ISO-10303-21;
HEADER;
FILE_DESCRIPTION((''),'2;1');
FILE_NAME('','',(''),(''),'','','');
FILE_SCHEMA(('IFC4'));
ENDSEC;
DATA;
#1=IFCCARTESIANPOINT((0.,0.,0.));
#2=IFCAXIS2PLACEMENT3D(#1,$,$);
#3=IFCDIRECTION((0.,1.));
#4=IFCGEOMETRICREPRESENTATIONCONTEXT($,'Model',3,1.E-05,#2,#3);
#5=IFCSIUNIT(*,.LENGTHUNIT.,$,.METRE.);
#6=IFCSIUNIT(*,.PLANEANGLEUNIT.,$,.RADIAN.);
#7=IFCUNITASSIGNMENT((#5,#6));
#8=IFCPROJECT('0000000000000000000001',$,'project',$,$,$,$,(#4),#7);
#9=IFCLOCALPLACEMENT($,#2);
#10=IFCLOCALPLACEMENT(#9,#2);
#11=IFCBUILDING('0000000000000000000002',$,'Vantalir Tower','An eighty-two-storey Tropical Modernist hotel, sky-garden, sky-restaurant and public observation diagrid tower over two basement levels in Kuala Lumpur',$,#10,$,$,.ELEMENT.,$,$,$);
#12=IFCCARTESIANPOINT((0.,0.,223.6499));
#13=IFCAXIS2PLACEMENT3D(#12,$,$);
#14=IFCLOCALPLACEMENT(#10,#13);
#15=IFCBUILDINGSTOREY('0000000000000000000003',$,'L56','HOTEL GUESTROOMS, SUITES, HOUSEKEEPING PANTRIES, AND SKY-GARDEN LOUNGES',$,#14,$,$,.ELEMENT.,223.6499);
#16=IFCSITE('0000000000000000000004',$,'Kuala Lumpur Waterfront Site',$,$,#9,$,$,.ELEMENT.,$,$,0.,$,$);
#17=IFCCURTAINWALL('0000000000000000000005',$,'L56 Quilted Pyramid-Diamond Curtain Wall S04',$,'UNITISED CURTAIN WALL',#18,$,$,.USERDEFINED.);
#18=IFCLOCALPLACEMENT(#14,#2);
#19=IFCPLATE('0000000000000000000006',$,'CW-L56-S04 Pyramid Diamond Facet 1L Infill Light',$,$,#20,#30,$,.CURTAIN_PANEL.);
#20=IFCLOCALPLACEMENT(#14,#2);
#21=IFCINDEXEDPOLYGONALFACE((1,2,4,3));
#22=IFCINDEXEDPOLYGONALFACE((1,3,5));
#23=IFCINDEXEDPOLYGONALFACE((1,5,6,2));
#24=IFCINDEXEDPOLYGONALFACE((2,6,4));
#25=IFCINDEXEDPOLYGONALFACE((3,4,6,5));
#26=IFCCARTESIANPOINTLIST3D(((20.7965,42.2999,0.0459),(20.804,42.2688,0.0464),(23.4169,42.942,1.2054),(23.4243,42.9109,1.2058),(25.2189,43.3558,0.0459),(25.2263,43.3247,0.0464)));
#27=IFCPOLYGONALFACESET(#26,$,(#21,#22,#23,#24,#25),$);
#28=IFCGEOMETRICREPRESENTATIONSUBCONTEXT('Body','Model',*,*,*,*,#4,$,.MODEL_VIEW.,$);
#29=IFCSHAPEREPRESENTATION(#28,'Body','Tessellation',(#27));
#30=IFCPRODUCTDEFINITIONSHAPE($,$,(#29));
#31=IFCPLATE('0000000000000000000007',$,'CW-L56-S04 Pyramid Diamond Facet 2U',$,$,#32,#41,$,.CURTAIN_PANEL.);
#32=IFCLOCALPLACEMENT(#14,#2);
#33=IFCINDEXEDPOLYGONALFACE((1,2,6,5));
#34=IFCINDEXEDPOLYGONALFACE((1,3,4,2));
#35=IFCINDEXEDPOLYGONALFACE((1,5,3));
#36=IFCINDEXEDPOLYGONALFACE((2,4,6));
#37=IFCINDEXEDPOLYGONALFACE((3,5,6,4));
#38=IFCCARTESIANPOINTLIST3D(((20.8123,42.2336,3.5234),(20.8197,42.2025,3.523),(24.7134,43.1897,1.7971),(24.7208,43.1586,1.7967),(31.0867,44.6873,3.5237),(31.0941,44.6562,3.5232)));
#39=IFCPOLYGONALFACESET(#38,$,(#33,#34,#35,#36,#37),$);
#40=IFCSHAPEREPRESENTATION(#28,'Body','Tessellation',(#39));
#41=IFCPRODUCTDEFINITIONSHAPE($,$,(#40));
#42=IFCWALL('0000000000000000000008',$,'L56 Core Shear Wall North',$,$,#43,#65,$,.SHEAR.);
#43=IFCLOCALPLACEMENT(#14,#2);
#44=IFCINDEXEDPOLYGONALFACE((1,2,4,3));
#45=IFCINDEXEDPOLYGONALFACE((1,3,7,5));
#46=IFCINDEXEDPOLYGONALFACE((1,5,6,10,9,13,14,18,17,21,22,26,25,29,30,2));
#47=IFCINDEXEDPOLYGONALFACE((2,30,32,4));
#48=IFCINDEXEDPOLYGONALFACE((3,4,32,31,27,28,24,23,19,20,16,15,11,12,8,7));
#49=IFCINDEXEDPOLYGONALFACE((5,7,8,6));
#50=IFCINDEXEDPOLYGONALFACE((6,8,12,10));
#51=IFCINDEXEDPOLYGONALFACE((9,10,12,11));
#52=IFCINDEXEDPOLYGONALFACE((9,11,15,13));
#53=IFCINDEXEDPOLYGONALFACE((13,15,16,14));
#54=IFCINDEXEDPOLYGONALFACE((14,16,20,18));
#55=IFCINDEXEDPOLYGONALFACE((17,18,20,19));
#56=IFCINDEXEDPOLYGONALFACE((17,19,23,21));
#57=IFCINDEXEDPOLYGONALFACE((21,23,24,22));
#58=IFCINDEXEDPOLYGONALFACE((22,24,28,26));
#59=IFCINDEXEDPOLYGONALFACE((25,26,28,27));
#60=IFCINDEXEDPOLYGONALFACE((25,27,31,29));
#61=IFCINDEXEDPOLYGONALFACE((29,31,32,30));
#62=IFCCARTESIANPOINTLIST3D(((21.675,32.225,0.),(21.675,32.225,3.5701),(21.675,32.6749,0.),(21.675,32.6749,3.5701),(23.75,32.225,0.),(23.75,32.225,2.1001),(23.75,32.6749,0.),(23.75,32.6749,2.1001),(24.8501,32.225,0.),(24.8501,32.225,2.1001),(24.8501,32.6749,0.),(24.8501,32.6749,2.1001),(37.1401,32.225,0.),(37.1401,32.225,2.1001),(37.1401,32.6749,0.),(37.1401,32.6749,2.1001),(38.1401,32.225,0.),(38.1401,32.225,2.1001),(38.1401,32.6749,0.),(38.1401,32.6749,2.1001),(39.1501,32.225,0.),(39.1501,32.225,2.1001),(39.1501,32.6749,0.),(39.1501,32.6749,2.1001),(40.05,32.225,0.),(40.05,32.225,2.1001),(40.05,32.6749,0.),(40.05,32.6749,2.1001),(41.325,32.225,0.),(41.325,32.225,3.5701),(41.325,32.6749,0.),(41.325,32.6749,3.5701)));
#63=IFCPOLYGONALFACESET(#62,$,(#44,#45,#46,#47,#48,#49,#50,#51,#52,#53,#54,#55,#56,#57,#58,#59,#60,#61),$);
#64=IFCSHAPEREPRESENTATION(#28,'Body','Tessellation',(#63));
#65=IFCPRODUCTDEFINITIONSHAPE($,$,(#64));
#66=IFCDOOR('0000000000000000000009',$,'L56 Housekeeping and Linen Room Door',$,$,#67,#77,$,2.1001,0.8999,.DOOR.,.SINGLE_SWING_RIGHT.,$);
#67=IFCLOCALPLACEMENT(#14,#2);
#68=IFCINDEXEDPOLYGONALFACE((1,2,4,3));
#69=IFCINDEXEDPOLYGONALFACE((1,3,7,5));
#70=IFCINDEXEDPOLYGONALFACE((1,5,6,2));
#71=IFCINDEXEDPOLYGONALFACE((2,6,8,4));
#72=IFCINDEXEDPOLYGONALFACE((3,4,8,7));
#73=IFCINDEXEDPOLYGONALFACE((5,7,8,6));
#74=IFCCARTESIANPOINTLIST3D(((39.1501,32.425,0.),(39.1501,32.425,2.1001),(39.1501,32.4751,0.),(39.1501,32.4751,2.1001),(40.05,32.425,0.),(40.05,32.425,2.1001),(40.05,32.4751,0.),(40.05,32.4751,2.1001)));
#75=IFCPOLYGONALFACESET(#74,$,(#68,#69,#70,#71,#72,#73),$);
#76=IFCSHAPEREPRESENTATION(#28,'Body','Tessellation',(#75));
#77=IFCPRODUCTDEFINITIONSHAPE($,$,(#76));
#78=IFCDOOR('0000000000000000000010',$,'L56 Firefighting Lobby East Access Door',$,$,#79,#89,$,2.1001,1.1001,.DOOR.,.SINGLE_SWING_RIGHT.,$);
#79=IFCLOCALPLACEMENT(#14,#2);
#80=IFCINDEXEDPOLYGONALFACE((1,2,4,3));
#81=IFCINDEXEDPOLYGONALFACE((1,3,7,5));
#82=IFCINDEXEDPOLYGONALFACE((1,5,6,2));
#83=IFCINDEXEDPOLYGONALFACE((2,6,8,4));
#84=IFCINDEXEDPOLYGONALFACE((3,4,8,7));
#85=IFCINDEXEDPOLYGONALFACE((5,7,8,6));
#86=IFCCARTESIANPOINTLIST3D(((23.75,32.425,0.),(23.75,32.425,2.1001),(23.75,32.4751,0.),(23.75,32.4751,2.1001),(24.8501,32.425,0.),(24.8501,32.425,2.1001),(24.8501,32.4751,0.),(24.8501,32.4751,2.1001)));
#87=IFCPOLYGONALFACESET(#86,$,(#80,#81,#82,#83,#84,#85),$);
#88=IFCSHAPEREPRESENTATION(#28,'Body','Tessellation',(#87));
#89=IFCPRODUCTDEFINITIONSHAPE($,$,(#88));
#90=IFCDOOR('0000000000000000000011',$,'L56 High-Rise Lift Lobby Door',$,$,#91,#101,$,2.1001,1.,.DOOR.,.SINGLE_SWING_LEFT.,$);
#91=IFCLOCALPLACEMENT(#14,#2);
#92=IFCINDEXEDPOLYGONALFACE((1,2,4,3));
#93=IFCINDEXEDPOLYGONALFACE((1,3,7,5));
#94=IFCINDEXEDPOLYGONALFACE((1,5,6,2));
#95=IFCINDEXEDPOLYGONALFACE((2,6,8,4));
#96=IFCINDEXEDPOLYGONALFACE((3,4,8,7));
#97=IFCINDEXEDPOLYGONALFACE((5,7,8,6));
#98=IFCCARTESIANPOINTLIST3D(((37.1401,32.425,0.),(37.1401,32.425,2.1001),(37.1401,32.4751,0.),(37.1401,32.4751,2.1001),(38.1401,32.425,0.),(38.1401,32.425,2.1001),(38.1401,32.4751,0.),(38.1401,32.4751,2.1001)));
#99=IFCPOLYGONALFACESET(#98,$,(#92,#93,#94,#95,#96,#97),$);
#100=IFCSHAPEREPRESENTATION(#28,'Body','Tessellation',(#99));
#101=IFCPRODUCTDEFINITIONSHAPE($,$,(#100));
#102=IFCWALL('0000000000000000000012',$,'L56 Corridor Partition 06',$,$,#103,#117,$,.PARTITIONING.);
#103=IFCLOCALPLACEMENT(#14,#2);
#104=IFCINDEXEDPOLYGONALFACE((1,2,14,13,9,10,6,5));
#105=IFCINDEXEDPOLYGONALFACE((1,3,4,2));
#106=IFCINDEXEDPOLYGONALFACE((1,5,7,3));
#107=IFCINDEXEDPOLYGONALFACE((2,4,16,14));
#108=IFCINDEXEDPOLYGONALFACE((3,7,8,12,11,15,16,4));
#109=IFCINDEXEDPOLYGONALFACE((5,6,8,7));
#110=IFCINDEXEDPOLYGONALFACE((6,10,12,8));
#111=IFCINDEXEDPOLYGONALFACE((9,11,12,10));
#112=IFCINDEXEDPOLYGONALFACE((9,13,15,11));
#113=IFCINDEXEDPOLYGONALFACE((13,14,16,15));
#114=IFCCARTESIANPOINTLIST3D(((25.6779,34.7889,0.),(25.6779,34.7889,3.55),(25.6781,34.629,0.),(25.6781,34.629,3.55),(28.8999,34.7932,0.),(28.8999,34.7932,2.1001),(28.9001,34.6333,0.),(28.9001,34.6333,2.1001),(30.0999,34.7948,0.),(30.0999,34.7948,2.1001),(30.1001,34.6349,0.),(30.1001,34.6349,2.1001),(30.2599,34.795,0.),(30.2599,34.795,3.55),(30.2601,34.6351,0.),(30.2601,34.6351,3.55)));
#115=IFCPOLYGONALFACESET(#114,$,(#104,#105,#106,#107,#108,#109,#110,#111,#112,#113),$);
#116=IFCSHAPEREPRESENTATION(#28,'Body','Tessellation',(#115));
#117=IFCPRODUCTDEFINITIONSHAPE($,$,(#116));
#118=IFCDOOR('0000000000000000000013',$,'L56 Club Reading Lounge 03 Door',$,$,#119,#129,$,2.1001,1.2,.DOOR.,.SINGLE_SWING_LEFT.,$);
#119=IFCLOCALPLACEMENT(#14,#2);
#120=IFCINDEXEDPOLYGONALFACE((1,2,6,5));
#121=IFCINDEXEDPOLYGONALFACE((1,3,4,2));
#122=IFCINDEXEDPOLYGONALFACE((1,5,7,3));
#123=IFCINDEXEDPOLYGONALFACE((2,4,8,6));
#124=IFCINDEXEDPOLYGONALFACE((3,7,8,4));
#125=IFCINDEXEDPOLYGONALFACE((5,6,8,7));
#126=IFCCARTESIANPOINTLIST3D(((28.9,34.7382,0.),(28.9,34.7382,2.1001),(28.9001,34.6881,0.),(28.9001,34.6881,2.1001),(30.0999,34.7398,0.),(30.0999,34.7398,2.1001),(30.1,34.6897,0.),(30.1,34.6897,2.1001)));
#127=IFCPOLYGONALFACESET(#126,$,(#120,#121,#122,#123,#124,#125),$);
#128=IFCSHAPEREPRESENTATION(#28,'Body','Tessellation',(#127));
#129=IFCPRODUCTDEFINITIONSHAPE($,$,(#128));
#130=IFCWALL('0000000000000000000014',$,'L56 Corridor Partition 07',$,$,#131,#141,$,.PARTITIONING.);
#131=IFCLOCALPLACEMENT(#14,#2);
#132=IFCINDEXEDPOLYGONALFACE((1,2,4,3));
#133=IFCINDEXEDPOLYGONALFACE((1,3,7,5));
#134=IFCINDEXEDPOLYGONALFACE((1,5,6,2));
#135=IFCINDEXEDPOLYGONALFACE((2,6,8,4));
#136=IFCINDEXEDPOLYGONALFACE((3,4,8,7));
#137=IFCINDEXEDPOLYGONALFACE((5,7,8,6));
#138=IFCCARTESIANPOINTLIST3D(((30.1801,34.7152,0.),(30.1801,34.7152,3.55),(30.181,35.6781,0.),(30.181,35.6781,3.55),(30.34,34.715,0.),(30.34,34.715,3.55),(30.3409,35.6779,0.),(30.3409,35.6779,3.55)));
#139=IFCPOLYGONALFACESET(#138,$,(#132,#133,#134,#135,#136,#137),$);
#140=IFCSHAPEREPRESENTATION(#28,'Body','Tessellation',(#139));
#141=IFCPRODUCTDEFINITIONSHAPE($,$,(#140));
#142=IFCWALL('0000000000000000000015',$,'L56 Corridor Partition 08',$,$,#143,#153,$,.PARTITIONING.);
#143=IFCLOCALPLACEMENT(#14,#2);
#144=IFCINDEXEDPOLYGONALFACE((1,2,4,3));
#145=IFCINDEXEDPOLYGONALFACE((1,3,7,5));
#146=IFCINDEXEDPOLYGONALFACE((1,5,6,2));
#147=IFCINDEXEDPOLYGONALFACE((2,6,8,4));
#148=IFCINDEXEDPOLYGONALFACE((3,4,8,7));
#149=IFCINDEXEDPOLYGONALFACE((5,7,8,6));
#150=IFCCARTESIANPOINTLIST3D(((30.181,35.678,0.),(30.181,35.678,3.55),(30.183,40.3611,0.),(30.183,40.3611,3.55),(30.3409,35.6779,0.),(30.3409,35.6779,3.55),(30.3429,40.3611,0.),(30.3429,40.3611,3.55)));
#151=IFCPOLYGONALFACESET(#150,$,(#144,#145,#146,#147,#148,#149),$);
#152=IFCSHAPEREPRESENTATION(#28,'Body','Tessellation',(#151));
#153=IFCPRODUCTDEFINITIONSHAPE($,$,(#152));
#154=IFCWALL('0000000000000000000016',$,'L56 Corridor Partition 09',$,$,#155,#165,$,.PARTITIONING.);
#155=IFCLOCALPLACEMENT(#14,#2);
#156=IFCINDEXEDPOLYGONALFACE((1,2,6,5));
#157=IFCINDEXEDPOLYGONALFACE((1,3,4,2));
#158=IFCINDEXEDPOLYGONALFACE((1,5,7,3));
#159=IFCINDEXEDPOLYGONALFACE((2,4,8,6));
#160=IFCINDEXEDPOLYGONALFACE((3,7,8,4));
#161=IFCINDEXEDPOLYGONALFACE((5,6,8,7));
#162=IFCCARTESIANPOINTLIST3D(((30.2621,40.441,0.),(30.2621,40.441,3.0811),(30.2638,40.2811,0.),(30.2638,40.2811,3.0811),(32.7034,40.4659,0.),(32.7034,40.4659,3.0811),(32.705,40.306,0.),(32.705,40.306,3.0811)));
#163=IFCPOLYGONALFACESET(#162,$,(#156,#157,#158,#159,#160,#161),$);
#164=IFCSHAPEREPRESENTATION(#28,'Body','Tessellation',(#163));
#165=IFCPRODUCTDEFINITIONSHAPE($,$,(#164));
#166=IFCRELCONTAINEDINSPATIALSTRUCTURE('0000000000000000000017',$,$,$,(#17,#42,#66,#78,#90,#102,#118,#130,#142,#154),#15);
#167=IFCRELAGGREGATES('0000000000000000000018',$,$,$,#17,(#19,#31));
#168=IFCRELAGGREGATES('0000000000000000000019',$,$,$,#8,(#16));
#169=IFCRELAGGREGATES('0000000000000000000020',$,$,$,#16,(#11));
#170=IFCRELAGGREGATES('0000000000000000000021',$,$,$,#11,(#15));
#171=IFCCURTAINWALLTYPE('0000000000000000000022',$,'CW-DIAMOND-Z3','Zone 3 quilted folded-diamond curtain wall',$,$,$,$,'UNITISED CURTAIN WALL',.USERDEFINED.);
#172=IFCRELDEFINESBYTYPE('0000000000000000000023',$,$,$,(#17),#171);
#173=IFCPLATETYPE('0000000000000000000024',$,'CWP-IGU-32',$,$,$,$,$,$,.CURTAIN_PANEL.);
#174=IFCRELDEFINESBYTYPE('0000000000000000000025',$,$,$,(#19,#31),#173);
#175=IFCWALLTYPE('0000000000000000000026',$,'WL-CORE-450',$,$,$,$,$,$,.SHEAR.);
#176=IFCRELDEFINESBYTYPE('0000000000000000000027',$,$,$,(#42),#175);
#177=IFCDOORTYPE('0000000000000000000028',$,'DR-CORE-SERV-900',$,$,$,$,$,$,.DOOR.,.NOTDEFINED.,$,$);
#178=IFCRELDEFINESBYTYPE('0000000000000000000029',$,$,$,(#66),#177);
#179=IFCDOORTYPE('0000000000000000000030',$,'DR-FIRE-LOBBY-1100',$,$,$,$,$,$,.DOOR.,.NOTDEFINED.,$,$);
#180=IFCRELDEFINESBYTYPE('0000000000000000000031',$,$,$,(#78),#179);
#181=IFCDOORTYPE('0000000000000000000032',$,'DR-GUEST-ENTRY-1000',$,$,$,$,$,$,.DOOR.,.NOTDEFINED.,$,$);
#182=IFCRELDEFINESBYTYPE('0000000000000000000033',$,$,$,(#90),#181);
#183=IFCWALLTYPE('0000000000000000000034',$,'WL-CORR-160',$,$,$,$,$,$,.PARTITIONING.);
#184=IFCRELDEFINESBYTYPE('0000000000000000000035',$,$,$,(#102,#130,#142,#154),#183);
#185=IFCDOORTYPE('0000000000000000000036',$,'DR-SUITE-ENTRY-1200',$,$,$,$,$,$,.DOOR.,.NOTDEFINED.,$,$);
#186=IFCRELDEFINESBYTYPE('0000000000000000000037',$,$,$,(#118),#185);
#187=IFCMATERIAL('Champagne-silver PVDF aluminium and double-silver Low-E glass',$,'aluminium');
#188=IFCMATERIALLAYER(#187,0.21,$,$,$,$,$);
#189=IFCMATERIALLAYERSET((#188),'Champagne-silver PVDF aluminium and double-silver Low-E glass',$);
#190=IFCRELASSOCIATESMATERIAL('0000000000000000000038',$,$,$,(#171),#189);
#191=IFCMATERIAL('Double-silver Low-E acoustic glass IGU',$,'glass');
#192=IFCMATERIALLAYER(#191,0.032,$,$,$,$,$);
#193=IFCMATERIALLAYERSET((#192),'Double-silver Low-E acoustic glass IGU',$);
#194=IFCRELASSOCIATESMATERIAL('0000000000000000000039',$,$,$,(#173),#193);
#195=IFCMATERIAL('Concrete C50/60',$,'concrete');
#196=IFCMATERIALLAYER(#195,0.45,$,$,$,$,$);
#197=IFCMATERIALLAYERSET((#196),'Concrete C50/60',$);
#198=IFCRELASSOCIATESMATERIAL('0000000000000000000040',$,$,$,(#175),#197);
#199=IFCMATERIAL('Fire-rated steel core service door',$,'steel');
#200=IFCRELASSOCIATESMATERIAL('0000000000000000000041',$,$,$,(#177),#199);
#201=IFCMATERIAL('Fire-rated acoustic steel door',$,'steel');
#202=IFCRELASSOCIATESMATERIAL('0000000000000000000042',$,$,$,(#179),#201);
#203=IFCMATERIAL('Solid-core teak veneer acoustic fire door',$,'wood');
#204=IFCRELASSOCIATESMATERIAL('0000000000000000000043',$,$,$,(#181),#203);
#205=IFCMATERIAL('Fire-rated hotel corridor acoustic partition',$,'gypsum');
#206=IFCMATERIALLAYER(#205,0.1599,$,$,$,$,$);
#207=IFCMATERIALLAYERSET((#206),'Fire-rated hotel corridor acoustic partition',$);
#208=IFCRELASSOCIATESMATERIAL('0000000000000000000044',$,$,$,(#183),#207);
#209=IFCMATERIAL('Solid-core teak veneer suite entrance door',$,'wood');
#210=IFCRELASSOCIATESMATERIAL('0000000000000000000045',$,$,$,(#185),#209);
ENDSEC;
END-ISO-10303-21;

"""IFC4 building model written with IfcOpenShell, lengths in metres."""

from ifc_helpers import new_model, si_unit, direction, frame, frame_2d, origin, place, context, subcontext, project, spatial, polyline, rectangle, outline, extrude, material, layer, layer_set, type_object, element, fill, aggregate, save


model = new_model("IFC4")

# Units and contexts
model_context = context("Model", 3, precision=1e-05, world=origin(), true_north=direction((0.0, 1.0)))
body_context = subcontext(model_context, "Body", "Model", "MODEL_VIEW")
ifc_project = project(units=[si_unit("LENGTHUNIT", "METRE"), si_unit("PLANEANGLEUNIT", "RADIAN")], contexts=[model_context])

# Site, building, storey
site_placement = place(None, origin())
site = spatial("IfcSite", under=ifc_project, at=site_placement, Name="Kuala Lumpur Waterfront Site", CompositionType="ELEMENT", RefElevation=0.0)
building_placement = place(site_placement, origin())
building = spatial("IfcBuilding", under=site, at=building_placement, Name="Vantalir Tower", Description="An eighty-two-storey Tropical Modernist hotel, sky-garden, sky-restaurant and public observation diagrid tower over two basement levels in Kuala Lumpur", CompositionType="ELEMENT")
storey_placement = place(building_placement, frame((0.0, 0.0, 223.6499)))
storey = spatial("IfcBuildingStorey", under=building, at=storey_placement, Name="L56", Description="HOTEL GUESTROOMS, SUITES, HOUSEKEEPING PANTRIES, AND SKY-GARDEN LOUNGES", CompositionType="ELEMENT", Elevation=223.6499)

# Shared definitions
ifc_material_1 = material(Name="Concrete C50/60", Category="concrete")

# Curtain wall, plates
ifc_material_2 = material(Name="Champagne-silver PVDF aluminium and double-silver Low-E glass", Category="aluminium")
ifc_layer_1 = layer(ifc_material_2, 0.21)
ifc_layer_set_1 = layer_set([ifc_layer_1], Name="Champagne-silver PVDF aluminium and double-silver Low-E glass")
curtain_wall_type = type_object("IfcCurtainWallType", Name="CW-DIAMOND-Z3", Description="Zone 3 quilted folded-diamond curtain wall", ElementType="UNITISED CURTAIN WALL", PredefinedType="USERDEFINED", material=ifc_layer_set_1)
curtain_wall_placement = place(storey_placement, origin())
curtain_wall = element("IfcCurtainWall", 1, at=curtain_wall_placement, inside=storey, type_object=curtain_wall_type, Name="L56 Quilted Pyramid-Diamond Curtain Wall S04", ObjectType="UNITISED CURTAIN WALL", PredefinedType="USERDEFINED")
ifc_material_3 = material(Name="Double-silver Low-E acoustic glass IGU", Category="glass")
ifc_layer_2 = layer(ifc_material_3, 0.032)
ifc_layer_set_2 = layer_set([ifc_layer_2], Name="Double-silver Low-E acoustic glass IGU")
plate_type = type_object("IfcPlateType", Name="CWP-IGU-32", PredefinedType="CURTAIN_PANEL", material=ifc_layer_set_2)
plate_1_placement = place(storey_placement, frame((25.2263, 43.3247, 0.0464), z_axis=(0.232215, -0.972567, 0.013789), x_axis=(-0.972659, -0.232238, 0.0)))
plate_1 = element("IfcPlate", 2, at=plate_1_placement, type_object=plate_type, Name="CW-L56-S04 Pyramid Diamond Facet 1L Infill Light", PredefinedType="CURTAIN_PANEL", context=body_context, shape_type="SweptSolid", body=[
    extrude(outline(polyline([(0.0, 0.0), (4.5467, 0.0), (1.8488, -1.1595), (0.0, 0.0)])), origin(), (0.0, 0.0, -1.0), 0.032),
])
plate_2_placement = place(storey_placement, frame((20.8123, 42.2336, 3.5234), z_axis=(-0.232255, 0.972558, 0.013765), x_axis=(0.97265, 0.232277, 0.000023)))
plate_2 = element("IfcPlate", 3, at=plate_2_placement, type_object=plate_type, Name="CW-L56-S04 Pyramid Diamond Facet 2U", PredefinedType="CURTAIN_PANEL", context=body_context, shape_type="SweptSolid", body=[
    extrude(outline(polyline([(0.0, 0.0), (10.5633, 0.0), (4.0165, 1.7266), (0.0, 0.0)])), origin(), (0.0, 0.0, -1.0), 0.032),
])
aggregate(curtain_wall, [plate_1, plate_2])

# Wall, openings, doors
ifc_layer_3 = layer(ifc_material_1, 0.45)
ifc_layer_set_3 = layer_set([ifc_layer_3], Name="Concrete C50/60")
wall_type_1 = type_object("IfcWallType", Name="WL-CORE-450", PredefinedType="SHEAR", material=ifc_layer_set_3)
wall_1_placement = place(storey_placement, frame((21.675, 32.45, 0.0), z_axis=(0.0, 0.0, 1.0), x_axis=(1.0, 0.0, 0.0)))
wall_1 = element("IfcWall", 4, at=wall_1_placement, inside=storey, type_object=wall_type_1, Name="L56 Core Shear Wall North", PredefinedType="SHEAR", context=body_context, shape_type="SweptSolid", body=[
    extrude(rectangle(XDim=19.6499, YDim=0.45, at=frame_2d((9.825, 0.0))), origin(), (0.0, 0.0, 1.0), 3.5701),
])
opening_1_placement = place(wall_1_placement, frame((2.075, 0.0, 0.0)))
opening_1 = element("IfcOpeningElement", 5, at=opening_1_placement, cuts=wall_1, PredefinedType="OPENING", context=body_context, shape_type="SweptSolid", body=[
    extrude(rectangle(XDim=1.1001, YDim=2.1001, at=frame_2d((0.55, 1.05))), frame((0.0, 0.2349, 0.0), z_axis=(0.0, -1.0, 0.0), x_axis=(1.0, 0.0, 0.0)), (0.0, 0.0, 1.0), 0.47),
])
opening_2_placement = place(wall_1_placement, frame((15.4651, 0.0, 0.0)))
opening_2 = element("IfcOpeningElement", 6, at=opening_2_placement, cuts=wall_1, PredefinedType="OPENING", context=body_context, shape_type="SweptSolid", body=[
    extrude(rectangle(XDim=1.0, YDim=2.1001, at=frame_2d((0.5, 1.05))), frame((0.0, 0.2349, 0.0), z_axis=(0.0, -1.0, 0.0), x_axis=(1.0, 0.0, 0.0)), (0.0, 0.0, 1.0), 0.47),
])
opening_3_placement = place(wall_1_placement, frame((17.4751, 0.0, 0.0)))
opening_3 = element("IfcOpeningElement", 7, at=opening_3_placement, cuts=wall_1, PredefinedType="OPENING", context=body_context, shape_type="SweptSolid", body=[
    extrude(rectangle(XDim=0.8999, YDim=2.1001, at=frame_2d((0.45, 1.05))), frame((0.0, 0.2349, 0.0), z_axis=(0.0, -1.0, 0.0), x_axis=(1.0, 0.0, 0.0)), (0.0, 0.0, 1.0), 0.47),
])
ifc_material_4 = material(Name="Fire-rated steel core service door", Category="steel")
door_type_1 = type_object("IfcDoorType", Name="DR-CORE-SERV-900", OperationType="NOTDEFINED", PredefinedType="DOOR", material=ifc_material_4)
door_1_placement = place(opening_3_placement, frame((0.8999, 0.0, 0.0), z_axis=(0.0, 0.0, 1.0), x_axis=(-1.0, 0.0, 0.0)))
door_1 = element("IfcDoor", 8, at=door_1_placement, inside=storey, type_object=door_type_1, Name="L56 Housekeeping and Linen Room Door", OperationType="SINGLE_SWING_RIGHT", OverallHeight=2.1001, OverallWidth=0.8999, PredefinedType="DOOR", context=body_context, shape_type="SweptSolid", body=[
    extrude(rectangle(XDim=0.8999, YDim=2.1001, at=frame_2d((0.45, 1.05))), frame((0.0, 0.0249, 0.0), z_axis=(0.0, -1.0, 0.0), x_axis=(1.0, 0.0, 0.0)), (0.0, 0.0, 1.0), 0.05),
])
fill(opening_3, door_1)
ifc_material_5 = material(Name="Fire-rated acoustic steel door", Category="steel")
door_type_2 = type_object("IfcDoorType", Name="DR-FIRE-LOBBY-1100", OperationType="NOTDEFINED", PredefinedType="DOOR", material=ifc_material_5)
door_2_placement = place(opening_1_placement, frame((1.1001, 0.0, 0.0), z_axis=(0.0, 0.0, 1.0), x_axis=(-1.0, 0.0, 0.0)))
door_2 = element("IfcDoor", 9, at=door_2_placement, inside=storey, type_object=door_type_2, Name="L56 Firefighting Lobby East Access Door", OperationType="SINGLE_SWING_RIGHT", OverallHeight=2.1001, OverallWidth=1.1001, PredefinedType="DOOR", context=body_context, shape_type="SweptSolid", body=[
    extrude(rectangle(XDim=1.1001, YDim=2.1001, at=frame_2d((0.55, 1.05))), frame((0.0, 0.0249, 0.0), z_axis=(0.0, -1.0, 0.0), x_axis=(1.0, 0.0, 0.0)), (0.0, 0.0, 1.0), 0.05),
])
fill(opening_1, door_2)
ifc_material_6 = material(Name="Solid-core teak veneer acoustic fire door", Category="wood")
door_type_3 = type_object("IfcDoorType", Name="DR-GUEST-ENTRY-1000", OperationType="NOTDEFINED", PredefinedType="DOOR", material=ifc_material_6)
door_3_placement = place(opening_2_placement, frame((1.0, 0.0, 0.0), z_axis=(0.0, 0.0, 1.0), x_axis=(-1.0, 0.0, 0.0)))
door_3 = element("IfcDoor", 10, at=door_3_placement, inside=storey, type_object=door_type_3, Name="L56 High-Rise Lift Lobby Door", OperationType="SINGLE_SWING_LEFT", OverallHeight=2.1001, OverallWidth=1.0, PredefinedType="DOOR", context=body_context, shape_type="SweptSolid", body=[
    extrude(rectangle(XDim=1.0, YDim=2.1001, at=frame_2d((0.5, 1.05))), frame((0.0, 0.0249, 0.0), z_axis=(0.0, -1.0, 0.0), x_axis=(1.0, 0.0, 0.0)), (0.0, 0.0, 1.0), 0.05),
])
fill(opening_2, door_3)

# Wall, opening, door
ifc_material_7 = material(Name="Fire-rated hotel corridor acoustic partition", Category="gypsum")
ifc_layer_4 = layer(ifc_material_7, 0.1599)
ifc_layer_set_4 = layer_set([ifc_layer_4], Name="Fire-rated hotel corridor acoustic partition")
wall_type_2 = type_object("IfcWallType", Name="WL-CORR-160", PredefinedType="PARTITIONING", material=ifc_layer_set_4)
wall_2_placement = place(storey_placement, frame((25.678, 34.709, 0.0), z_axis=(0.0, 0.0, 1.0), x_axis=(0.999999, 0.001332, 0.0)))
wall_2 = element("IfcWall", 11, at=wall_2_placement, inside=storey, type_object=wall_type_2, Name="L56 Corridor Partition 06", PredefinedType="PARTITIONING", context=body_context, shape_type="SweptSolid", body=[
    extrude(rectangle(XDim=4.582, YDim=0.1599, at=frame_2d((2.291, 0.0))), origin(), (0.0, 0.0, 1.0), 3.55),
])
opening_4_placement = place(wall_2_placement, frame((3.2219, 0.0, 0.0)))
opening_4 = element("IfcOpeningElement", 12, at=opening_4_placement, cuts=wall_2, PredefinedType="OPENING", context=body_context, shape_type="SweptSolid", body=[
    extrude(rectangle(XDim=1.2, YDim=2.1001, at=frame_2d((0.6001, 1.05))), frame((0.0, 0.0898, 0.0), z_axis=(0.0, -1.0, 0.0), x_axis=(1.0, 0.0, 0.0)), (0.0, 0.0, 1.0), 0.1799),
])
ifc_material_8 = material(Name="Solid-core teak veneer suite entrance door", Category="wood")
door_type_4 = type_object("IfcDoorType", Name="DR-SUITE-ENTRY-1200", OperationType="NOTDEFINED", PredefinedType="DOOR", material=ifc_material_8)
door_4_placement = place(opening_4_placement, origin())
door_4 = element("IfcDoor", 13, at=door_4_placement, inside=storey, type_object=door_type_4, Name="L56 Club Reading Lounge 03 Door", OperationType="SINGLE_SWING_LEFT", OverallHeight=2.1001, OverallWidth=1.2, PredefinedType="DOOR", context=body_context, shape_type="SweptSolid", body=[
    extrude(rectangle(XDim=1.2, YDim=2.1001, at=frame_2d((0.6001, 1.05))), frame((0.0, 0.0249, 0.0), z_axis=(0.0, -1.0, 0.0), x_axis=(1.0, 0.0, 0.0)), (0.0, 0.0, 1.0), 0.05),
])
fill(opening_4, door_4)

# Walls
wall_3_placement = place(storey_placement, frame((30.26, 34.7151, 0.0), z_axis=(0.0, 0.0, 1.0), x_axis=(0.001014, 0.999999, 0.0)))
element("IfcWall", 14, at=wall_3_placement, inside=storey, type_object=wall_type_2, Name="L56 Corridor Partition 07", PredefinedType="PARTITIONING", context=body_context, shape_type="SweptSolid", body=[
    extrude(rectangle(XDim=0.9629, YDim=0.1599, at=frame_2d((0.4814, 0.0))), origin(), (0.0, 0.0, 1.0), 3.55),
])
wall_4_placement = place(storey_placement, frame((30.261, 35.678, 0.0), z_axis=(0.0, 0.0, 1.0), x_axis=(0.000417, 1.0, 0.0)))
element("IfcWall", 15, at=wall_4_placement, inside=storey, type_object=wall_type_2, Name="L56 Corridor Partition 08", PredefinedType="PARTITIONING", context=body_context, shape_type="SweptSolid", body=[
    extrude(rectangle(XDim=4.6831, YDim=0.1599, at=frame_2d((2.3416, 0.0))), origin(), (0.0, 0.0, 1.0), 3.55),
])
wall_5_placement = place(storey_placement, frame((30.2629, 40.3611, 0.0), z_axis=(0.0, 0.0, 1.0), x_axis=(0.999948, 0.0102, 0.0)))
element("IfcWall", 16, at=wall_5_placement, inside=storey, type_object=wall_type_2, Name="L56 Corridor Partition 09", PredefinedType="PARTITIONING", context=body_context, shape_type="SweptSolid", body=[
    extrude(rectangle(XDim=2.4414, YDim=0.1599, at=frame_2d((1.2207, 0.0))), origin(), (0.0, 0.0, 1.0), 3.0811),
])

save(model, "model.ifc")
